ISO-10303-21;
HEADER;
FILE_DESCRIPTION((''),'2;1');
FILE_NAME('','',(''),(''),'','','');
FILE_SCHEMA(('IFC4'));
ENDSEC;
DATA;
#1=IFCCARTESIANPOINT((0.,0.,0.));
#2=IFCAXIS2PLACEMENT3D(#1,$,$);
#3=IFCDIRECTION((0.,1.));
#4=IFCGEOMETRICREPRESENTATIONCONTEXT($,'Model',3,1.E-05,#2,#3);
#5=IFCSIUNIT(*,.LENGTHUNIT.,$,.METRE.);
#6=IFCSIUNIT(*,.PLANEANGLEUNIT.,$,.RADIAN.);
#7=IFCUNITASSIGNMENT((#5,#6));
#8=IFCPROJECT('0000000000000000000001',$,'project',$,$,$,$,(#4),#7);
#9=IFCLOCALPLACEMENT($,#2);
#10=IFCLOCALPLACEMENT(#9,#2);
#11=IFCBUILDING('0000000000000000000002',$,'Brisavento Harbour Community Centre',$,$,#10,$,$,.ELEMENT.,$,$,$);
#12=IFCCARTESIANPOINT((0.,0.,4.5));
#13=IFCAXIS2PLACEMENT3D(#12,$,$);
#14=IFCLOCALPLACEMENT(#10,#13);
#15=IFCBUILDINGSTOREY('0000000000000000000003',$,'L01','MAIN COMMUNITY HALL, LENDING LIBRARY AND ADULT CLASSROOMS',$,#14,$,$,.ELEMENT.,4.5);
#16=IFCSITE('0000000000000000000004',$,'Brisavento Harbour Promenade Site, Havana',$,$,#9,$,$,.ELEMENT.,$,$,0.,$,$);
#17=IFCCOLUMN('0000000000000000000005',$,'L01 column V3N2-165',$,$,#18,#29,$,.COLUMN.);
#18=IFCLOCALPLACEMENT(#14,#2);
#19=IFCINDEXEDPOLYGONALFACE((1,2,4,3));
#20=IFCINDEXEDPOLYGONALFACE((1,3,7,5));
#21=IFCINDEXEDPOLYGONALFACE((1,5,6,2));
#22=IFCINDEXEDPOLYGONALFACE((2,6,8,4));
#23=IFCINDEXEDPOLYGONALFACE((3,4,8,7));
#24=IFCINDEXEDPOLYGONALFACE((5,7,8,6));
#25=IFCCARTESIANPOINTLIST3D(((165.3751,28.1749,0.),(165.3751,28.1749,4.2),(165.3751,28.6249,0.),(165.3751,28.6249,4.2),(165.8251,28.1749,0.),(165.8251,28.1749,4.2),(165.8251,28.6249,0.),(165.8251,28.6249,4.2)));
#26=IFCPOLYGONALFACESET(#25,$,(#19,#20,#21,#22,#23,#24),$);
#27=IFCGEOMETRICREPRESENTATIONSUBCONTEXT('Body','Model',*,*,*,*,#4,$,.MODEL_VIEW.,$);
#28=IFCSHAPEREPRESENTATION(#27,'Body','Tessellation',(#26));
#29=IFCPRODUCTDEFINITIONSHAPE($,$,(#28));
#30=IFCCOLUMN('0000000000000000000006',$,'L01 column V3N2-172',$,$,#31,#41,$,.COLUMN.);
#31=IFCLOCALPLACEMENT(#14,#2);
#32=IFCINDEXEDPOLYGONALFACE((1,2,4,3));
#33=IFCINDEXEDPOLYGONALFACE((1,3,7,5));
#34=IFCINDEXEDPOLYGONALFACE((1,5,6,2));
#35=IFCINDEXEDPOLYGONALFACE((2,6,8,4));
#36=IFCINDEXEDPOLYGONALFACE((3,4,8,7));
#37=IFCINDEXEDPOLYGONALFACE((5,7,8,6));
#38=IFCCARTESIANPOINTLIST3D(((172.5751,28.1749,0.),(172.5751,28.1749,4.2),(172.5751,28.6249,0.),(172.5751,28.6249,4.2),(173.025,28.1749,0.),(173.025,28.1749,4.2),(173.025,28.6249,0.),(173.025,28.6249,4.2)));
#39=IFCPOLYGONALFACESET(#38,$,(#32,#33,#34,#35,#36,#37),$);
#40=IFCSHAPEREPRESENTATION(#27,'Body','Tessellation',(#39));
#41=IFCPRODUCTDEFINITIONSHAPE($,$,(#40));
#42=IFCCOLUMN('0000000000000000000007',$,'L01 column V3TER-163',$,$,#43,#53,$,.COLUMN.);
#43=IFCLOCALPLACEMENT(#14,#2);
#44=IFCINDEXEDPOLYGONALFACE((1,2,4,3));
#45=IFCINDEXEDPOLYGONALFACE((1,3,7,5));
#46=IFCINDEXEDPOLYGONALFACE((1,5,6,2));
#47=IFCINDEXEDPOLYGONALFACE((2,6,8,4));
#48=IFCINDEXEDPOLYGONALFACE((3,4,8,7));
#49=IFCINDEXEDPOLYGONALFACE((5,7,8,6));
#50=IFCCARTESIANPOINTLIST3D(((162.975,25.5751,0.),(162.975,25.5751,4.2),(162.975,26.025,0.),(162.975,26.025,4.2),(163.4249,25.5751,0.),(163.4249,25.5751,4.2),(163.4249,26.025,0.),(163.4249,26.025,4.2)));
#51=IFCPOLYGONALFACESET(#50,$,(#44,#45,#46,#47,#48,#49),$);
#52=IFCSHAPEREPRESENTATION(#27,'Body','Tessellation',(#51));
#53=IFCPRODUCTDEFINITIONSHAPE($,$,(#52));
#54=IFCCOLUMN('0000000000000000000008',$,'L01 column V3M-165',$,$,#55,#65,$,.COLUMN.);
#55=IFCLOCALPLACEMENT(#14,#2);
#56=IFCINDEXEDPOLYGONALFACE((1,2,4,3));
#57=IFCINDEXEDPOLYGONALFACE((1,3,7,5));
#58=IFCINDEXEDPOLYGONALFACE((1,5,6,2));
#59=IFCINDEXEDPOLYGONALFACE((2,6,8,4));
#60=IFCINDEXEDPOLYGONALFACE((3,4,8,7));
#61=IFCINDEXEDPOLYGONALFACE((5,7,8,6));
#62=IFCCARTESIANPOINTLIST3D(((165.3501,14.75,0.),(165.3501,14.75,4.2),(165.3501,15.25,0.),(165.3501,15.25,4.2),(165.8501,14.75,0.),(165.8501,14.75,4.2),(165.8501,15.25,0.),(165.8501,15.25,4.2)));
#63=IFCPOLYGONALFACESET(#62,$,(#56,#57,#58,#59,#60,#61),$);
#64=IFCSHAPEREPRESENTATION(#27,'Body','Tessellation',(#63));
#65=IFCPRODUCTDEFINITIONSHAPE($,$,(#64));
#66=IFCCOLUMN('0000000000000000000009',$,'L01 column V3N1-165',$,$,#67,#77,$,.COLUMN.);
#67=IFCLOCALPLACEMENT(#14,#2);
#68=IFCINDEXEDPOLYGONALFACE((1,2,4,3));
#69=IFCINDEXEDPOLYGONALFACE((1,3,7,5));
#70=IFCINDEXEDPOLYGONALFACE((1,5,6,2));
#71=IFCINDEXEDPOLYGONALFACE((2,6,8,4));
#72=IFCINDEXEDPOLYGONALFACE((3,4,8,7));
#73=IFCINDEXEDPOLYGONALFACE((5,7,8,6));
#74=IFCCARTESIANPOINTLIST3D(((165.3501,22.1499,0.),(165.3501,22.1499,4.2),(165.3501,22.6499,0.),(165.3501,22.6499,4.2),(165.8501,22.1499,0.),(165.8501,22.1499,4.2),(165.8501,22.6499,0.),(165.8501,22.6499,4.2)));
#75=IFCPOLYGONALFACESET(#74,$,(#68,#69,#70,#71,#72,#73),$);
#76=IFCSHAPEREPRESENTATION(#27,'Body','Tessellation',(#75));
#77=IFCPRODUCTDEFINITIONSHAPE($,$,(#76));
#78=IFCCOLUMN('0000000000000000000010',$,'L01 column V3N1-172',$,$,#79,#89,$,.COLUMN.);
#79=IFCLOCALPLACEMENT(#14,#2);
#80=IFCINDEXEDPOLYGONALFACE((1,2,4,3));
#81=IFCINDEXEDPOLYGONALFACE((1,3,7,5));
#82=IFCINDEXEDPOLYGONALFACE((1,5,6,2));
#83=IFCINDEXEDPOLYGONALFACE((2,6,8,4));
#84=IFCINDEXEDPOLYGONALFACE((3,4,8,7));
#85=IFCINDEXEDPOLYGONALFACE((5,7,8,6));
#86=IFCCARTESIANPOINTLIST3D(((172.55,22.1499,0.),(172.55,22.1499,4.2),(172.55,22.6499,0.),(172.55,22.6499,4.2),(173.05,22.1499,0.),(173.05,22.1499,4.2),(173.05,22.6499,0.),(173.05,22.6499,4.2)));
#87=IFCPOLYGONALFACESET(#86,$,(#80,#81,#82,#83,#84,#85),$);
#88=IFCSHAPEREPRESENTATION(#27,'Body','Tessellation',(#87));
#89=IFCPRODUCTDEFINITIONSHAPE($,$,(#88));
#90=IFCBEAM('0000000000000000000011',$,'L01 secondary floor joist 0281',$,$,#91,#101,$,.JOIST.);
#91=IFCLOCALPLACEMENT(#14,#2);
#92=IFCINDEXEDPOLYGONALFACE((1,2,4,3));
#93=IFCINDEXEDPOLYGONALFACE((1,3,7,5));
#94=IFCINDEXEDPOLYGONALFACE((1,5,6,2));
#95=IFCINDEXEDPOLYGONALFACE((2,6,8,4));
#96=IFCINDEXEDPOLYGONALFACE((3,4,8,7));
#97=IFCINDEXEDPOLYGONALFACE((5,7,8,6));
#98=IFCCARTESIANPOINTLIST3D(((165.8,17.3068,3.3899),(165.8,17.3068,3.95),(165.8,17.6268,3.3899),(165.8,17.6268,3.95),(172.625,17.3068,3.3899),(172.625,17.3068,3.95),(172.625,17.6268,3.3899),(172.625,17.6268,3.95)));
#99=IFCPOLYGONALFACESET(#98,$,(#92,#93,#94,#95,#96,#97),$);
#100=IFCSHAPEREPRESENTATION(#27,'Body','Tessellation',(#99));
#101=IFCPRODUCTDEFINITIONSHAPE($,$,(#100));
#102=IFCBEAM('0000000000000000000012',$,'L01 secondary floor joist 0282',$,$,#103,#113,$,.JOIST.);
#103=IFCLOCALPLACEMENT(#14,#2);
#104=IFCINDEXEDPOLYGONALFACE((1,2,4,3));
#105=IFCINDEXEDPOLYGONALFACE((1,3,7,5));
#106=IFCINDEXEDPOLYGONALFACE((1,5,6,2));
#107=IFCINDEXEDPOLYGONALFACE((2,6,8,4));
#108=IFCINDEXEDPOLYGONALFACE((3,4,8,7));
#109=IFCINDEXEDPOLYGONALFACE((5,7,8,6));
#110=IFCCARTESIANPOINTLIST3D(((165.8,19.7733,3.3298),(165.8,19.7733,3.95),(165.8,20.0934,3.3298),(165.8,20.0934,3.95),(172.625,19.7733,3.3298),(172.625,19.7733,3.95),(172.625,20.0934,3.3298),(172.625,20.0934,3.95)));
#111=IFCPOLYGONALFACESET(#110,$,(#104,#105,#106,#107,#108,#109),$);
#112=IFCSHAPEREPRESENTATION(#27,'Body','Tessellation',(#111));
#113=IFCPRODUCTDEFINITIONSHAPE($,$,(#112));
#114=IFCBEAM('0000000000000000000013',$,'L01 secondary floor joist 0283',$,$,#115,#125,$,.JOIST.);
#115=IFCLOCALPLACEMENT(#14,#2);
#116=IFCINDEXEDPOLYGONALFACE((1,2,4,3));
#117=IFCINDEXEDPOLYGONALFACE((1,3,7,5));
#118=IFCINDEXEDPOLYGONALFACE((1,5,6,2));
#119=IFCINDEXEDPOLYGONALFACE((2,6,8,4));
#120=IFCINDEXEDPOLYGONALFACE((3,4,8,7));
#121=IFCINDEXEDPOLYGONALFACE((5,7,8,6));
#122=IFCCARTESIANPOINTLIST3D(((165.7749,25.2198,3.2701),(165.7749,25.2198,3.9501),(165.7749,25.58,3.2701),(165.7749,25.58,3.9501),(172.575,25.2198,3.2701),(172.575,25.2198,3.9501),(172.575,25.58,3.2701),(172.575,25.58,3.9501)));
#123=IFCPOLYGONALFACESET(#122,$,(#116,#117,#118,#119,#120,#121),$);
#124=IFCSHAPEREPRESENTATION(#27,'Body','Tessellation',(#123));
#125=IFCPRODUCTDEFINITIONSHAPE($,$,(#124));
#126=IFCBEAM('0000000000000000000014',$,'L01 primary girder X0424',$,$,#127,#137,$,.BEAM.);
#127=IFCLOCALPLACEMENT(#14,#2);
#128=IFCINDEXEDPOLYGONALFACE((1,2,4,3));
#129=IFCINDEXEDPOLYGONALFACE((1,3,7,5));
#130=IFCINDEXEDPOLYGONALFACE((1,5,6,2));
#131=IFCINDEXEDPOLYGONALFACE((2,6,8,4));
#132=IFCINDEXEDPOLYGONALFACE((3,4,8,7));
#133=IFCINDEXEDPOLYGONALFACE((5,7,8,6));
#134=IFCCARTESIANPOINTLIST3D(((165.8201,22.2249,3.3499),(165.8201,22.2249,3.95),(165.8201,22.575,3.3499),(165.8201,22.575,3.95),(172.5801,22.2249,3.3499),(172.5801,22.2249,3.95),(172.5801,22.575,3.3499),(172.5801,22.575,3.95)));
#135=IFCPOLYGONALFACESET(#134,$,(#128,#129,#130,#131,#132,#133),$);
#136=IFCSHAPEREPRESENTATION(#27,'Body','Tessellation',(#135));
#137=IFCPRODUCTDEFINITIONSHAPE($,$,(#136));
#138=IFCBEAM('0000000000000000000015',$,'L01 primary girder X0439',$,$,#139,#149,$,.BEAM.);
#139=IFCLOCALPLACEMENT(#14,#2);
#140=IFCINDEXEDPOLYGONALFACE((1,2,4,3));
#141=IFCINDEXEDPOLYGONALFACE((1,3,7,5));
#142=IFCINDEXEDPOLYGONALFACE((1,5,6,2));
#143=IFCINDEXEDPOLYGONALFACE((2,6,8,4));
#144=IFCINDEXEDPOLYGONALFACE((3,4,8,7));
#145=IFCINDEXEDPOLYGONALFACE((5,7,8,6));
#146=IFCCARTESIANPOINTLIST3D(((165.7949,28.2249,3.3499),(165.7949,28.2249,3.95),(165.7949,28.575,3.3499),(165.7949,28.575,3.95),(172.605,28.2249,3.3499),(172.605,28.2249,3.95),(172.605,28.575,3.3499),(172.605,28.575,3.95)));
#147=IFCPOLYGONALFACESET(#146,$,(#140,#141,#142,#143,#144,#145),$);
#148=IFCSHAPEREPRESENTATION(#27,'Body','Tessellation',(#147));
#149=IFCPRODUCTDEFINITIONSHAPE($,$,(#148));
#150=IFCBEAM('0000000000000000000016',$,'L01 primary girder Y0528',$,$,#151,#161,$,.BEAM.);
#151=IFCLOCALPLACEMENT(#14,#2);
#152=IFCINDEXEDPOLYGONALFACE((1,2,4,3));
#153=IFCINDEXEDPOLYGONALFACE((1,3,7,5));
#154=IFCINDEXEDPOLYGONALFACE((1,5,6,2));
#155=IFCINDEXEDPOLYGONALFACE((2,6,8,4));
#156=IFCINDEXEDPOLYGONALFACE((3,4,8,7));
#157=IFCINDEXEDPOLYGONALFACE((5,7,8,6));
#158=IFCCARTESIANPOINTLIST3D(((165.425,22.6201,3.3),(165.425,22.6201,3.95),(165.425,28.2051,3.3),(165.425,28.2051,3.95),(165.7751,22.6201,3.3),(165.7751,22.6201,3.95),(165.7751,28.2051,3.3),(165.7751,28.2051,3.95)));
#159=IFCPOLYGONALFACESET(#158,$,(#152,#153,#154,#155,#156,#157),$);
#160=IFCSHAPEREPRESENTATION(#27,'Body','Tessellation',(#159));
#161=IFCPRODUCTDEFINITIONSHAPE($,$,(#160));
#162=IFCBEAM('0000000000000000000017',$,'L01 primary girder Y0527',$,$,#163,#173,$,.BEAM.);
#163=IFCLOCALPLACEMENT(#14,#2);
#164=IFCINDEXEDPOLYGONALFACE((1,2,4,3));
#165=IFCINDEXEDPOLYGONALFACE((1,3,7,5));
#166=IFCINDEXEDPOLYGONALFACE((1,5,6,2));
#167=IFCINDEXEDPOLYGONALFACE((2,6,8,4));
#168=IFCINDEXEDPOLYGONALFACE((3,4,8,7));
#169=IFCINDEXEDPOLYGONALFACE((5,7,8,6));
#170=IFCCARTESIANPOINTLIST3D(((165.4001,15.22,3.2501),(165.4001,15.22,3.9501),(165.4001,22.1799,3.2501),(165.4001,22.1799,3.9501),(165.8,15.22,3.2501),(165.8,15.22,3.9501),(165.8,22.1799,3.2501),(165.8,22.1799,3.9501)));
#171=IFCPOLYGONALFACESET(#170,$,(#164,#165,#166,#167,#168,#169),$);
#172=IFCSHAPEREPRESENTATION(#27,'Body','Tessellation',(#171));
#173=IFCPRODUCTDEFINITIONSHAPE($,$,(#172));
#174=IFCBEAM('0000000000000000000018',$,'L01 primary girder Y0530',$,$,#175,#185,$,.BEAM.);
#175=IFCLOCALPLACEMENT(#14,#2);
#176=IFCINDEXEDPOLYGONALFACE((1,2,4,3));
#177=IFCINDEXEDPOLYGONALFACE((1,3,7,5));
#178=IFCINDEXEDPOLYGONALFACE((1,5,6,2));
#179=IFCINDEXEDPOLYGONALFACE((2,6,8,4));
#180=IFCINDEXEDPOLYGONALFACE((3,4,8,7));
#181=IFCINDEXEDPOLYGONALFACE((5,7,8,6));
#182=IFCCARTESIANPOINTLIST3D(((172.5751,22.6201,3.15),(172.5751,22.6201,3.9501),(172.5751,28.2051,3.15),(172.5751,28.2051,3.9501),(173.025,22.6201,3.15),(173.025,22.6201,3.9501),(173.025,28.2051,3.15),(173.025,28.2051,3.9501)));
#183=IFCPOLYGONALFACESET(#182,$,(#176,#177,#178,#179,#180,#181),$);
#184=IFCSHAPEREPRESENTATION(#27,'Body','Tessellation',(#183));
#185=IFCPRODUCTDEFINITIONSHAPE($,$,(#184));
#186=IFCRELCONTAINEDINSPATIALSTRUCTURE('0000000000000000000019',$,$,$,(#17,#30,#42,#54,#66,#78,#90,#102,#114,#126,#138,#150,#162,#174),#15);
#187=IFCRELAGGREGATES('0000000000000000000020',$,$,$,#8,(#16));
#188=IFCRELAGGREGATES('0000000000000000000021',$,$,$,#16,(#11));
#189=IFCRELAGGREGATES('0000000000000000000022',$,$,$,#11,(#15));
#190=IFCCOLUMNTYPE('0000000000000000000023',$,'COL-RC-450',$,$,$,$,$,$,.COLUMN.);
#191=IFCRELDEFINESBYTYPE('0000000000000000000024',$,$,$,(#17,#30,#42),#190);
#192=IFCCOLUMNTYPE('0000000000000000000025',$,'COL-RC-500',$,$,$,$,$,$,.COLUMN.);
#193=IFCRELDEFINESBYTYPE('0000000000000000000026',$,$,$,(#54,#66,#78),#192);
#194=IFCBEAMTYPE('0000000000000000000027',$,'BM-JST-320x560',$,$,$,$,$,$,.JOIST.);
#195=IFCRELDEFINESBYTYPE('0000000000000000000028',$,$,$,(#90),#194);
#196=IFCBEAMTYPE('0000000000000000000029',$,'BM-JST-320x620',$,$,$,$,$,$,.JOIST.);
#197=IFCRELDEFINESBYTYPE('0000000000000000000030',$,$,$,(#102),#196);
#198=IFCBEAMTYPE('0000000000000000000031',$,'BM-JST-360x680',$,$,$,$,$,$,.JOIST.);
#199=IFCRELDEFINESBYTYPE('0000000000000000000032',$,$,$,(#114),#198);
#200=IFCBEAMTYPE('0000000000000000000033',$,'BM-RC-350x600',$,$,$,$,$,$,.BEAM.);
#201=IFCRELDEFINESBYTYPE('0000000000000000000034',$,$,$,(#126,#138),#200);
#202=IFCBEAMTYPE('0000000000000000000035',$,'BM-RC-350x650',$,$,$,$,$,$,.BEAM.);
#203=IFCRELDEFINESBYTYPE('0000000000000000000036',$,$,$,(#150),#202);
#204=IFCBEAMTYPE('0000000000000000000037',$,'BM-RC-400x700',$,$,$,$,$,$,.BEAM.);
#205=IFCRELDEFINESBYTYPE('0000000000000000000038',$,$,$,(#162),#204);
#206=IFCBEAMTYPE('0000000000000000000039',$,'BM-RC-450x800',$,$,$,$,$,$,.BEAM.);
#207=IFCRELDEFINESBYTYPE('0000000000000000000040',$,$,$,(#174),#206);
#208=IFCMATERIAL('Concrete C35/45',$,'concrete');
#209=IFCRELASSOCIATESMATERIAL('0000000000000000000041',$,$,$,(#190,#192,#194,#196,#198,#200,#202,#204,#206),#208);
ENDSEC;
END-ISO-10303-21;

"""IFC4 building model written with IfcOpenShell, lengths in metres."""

from ifc_helpers import new_model, si_unit, direction, frame, origin, origin_2d, place, context, subcontext, project, spatial, rectangle, extrude, material, material_profile, profile_set, type_object, element, save


model = new_model("IFC4")

# Units and contexts
model_context = context("Model", 3, precision=1e-05, world=origin(), true_north=direction((0.0, 1.0)))
body_context = subcontext(model_context, "Body", "Model", "MODEL_VIEW")
ifc_project = project(units=[si_unit("LENGTHUNIT", "METRE"), si_unit("PLANEANGLEUNIT", "RADIAN")], contexts=[model_context])

# Site, building, storey
site_placement = place(None, origin())
site = spatial("IfcSite", under=ifc_project, at=site_placement, Name="Brisavento Harbour Promenade Site, Havana", CompositionType="ELEMENT", RefElevation=0.0)
building_placement = place(site_placement, origin())
building = spatial("IfcBuilding", under=site, at=building_placement, Name="Brisavento Harbour Community Centre", CompositionType="ELEMENT")
storey_placement = place(building_placement, frame((0.0, 0.0, 4.5)))
storey = spatial("IfcBuildingStorey", under=building, at=storey_placement, Name="L01", Description="MAIN COMMUNITY HALL, LENDING LIBRARY AND ADULT CLASSROOMS", CompositionType="ELEMENT", Elevation=4.5)

# Columns
ifc_material_1 = material(Name="Concrete C35/45", Category="concrete")
ifc_material_profile_1 = material_profile(ifc_material_1, rectangle(XDim=0.45, YDim=0.45, at=origin_2d()), Name="Concrete C35/45")
ifc_profile_set_1 = profile_set([ifc_material_profile_1], Name="Concrete C35/45")
column_type_1 = type_object("IfcColumnType", Name="COL-RC-450", PredefinedType="COLUMN", material=ifc_profile_set_1)
for number, where, z_axis, x_axis, name in (
    (1, (165.6001, 28.3999, 0.0), (0.0, 0.0, 1.0), (1.0, 0.0, 0.0), "L01 column V3N2-165"),
    (2, (172.8, 28.3999, 0.0), (0.0, 0.0, 1.0), (1.0, 0.0, 0.0), "L01 column V3N2-172"),
    (3, (163.2, 25.8, 0.0), (0.0, 0.0, 1.0), (1.0, 0.0, 0.0), "L01 column V3TER-163"),
):
    element("IfcColumn", number, at=place(storey_placement, frame(where, z_axis=z_axis, x_axis=x_axis)), inside=storey, type_object=column_type_1, Name=name, PredefinedType="COLUMN", context=body_context, shape_type="SweptSolid", body=[
        extrude(rectangle(XDim=0.45, YDim=0.45, at=origin_2d()), origin(), (0.0, 0.0, 1.0), 4.2),
    ])
ifc_material_profile_2 = material_profile(ifc_material_1, rectangle(XDim=0.5, YDim=0.5, at=origin_2d()), Name="Concrete C35/45")
ifc_profile_set_2 = profile_set([ifc_material_profile_2], Name="Concrete C35/45")
column_type_2 = type_object("IfcColumnType", Name="COL-RC-500", PredefinedType="COLUMN", material=ifc_profile_set_2)
for number, where, z_axis, x_axis, name in (
    (4, (165.6001, 15.0, 0.0), (0.0, 0.0, 1.0), (1.0, 0.0, 0.0), "L01 column V3M-165"),
    (5, (165.6001, 22.3999, 0.0), (0.0, 0.0, 1.0), (1.0, 0.0, 0.0), "L01 column V3N1-165"),
    (6, (172.8, 22.3999, 0.0), (0.0, 0.0, 1.0), (1.0, 0.0, 0.0), "L01 column V3N1-172"),
):
    element("IfcColumn", number, at=place(storey_placement, frame(where, z_axis=z_axis, x_axis=x_axis)), inside=storey, type_object=column_type_2, Name=name, PredefinedType="COLUMN", context=body_context, shape_type="SweptSolid", body=[
        extrude(rectangle(XDim=0.5, YDim=0.5, at=origin_2d()), origin(), (0.0, 0.0, 1.0), 4.2),
    ])

# Beams
ifc_material_profile_3 = material_profile(ifc_material_1, rectangle(XDim=0.3201, YDim=0.5601, at=origin_2d()), Name="Concrete C35/45")
ifc_profile_set_3 = profile_set([ifc_material_profile_3], Name="Concrete C35/45")
beam_type_1 = type_object("IfcBeamType", Name="BM-JST-320x560", PredefinedType="JOIST", material=ifc_profile_set_3)
beam_1_placement = place(storey_placement, frame((165.8, 17.4668, 3.6699), z_axis=(1.0, 0.0, 0.0), x_axis=(0.0, 1.0, 0.0)))
element("IfcBeam", 7, at=beam_1_placement, inside=storey, type_object=beam_type_1, Name="L01 secondary floor joist 0281", PredefinedType="JOIST", context=body_context, shape_type="SweptSolid", body=[
    extrude(rectangle(XDim=0.3201, YDim=0.5601, at=origin_2d()), origin(), (0.0, 0.0, 1.0), 6.825),
])
ifc_material_profile_4 = material_profile(ifc_material_1, rectangle(XDim=0.3201, YDim=0.6201, at=origin_2d()), Name="Concrete C35/45")
ifc_profile_set_4 = profile_set([ifc_material_profile_4], Name="Concrete C35/45")
beam_type_2 = type_object("IfcBeamType", Name="BM-JST-320x620", PredefinedType="JOIST", material=ifc_profile_set_4)
beam_2_placement = place(storey_placement, frame((165.8, 19.9333, 3.6399), z_axis=(1.0, 0.0, 0.0), x_axis=(0.0, 1.0, 0.0)))
element("IfcBeam", 8, at=beam_2_placement, inside=storey, type_object=beam_type_2, Name="L01 secondary floor joist 0282", PredefinedType="JOIST", context=body_context, shape_type="SweptSolid", body=[
    extrude(rectangle(XDim=0.3201, YDim=0.6201, at=origin_2d()), origin(), (0.0, 0.0, 1.0), 6.825),
])
ifc_material_profile_5 = material_profile(ifc_material_1, rectangle(XDim=0.3601, YDim=0.6799, at=origin_2d()), Name="Concrete C35/45")
ifc_profile_set_5 = profile_set([ifc_material_profile_5], Name="Concrete C35/45")
beam_type_3 = type_object("IfcBeamType", Name="BM-JST-360x680", PredefinedType="JOIST", material=ifc_profile_set_5)
beam_3_placement = place(storey_placement, frame((165.7749, 25.3999, 3.6101), z_axis=(1.0, 0.0, 0.0), x_axis=(0.0, 1.0, 0.0)))
element("IfcBeam", 9, at=beam_3_placement, inside=storey, type_object=beam_type_3, Name="L01 secondary floor joist 0283", PredefinedType="JOIST", context=body_context, shape_type="SweptSolid", body=[
    extrude(rectangle(XDim=0.3601, YDim=0.6799, at=origin_2d()), origin(), (0.0, 0.0, 1.0), 6.8),
])
ifc_material_profile_6 = material_profile(ifc_material_1, rectangle(XDim=0.3501, YDim=0.6001, at=origin_2d()), Name="Concrete C35/45")
ifc_profile_set_6 = profile_set([ifc_material_profile_6], Name="Concrete C35/45")
beam_type_4 = type_object("IfcBeamType", Name="BM-RC-350x600", PredefinedType="BEAM", material=ifc_profile_set_6)
beam_4_placement = place(storey_placement, frame((165.8201, 22.3999, 3.6499), z_axis=(1.0, 0.0, 0.0), x_axis=(0.0, 1.0, 0.0)))
element("IfcBeam", 10, at=beam_4_placement, inside=storey, type_object=beam_type_4, Name="L01 primary girder X0424", PredefinedType="BEAM", context=body_context, shape_type="SweptSolid", body=[
    extrude(rectangle(XDim=0.3501, YDim=0.6001, at=origin_2d()), origin(), (0.0, 0.0, 1.0), 6.76),
])
beam_5_placement = place(storey_placement, frame((165.7949, 28.3999, 3.6499), z_axis=(1.0, 0.0, 0.0), x_axis=(0.0, 1.0, 0.0)))
element("IfcBeam", 11, at=beam_5_placement, inside=storey, type_object=beam_type_4, Name="L01 primary girder X0439", PredefinedType="BEAM", context=body_context, shape_type="SweptSolid", body=[
    extrude(rectangle(XDim=0.3501, YDim=0.6001, at=origin_2d()), origin(), (0.0, 0.0, 1.0), 6.8101),
])
ifc_material_profile_7 = material_profile(ifc_material_1, rectangle(XDim=0.3501, YDim=0.6499, at=origin_2d()), Name="Concrete C35/45")
ifc_profile_set_7 = profile_set([ifc_material_profile_7], Name="Concrete C35/45")
beam_type_5 = type_object("IfcBeamType", Name="BM-RC-350x650", PredefinedType="BEAM", material=ifc_profile_set_7)
beam_6_placement = place(storey_placement, frame((165.6001, 22.6201, 3.625), z_axis=(0.0, 1.0, 0.0), x_axis=(-1.0, 0.0, 0.0)))
element("IfcBeam", 12, at=beam_6_placement, inside=storey, type_object=beam_type_5, Name="L01 primary girder Y0528", PredefinedType="BEAM", context=body_context, shape_type="SweptSolid", body=[
    extrude(rectangle(XDim=0.3501, YDim=0.6499, at=origin_2d()), origin(), (0.0, 0.0, 1.0), 5.585),
])
ifc_material_profile_8 = material_profile(ifc_material_1, rectangle(XDim=0.3999, YDim=0.7, at=origin_2d()), Name="Concrete C35/45")
ifc_profile_set_8 = profile_set([ifc_material_profile_8], Name="Concrete C35/45")
beam_type_6 = type_object("IfcBeamType", Name="BM-RC-400x700", PredefinedType="BEAM", material=ifc_profile_set_8)
beam_7_placement = place(storey_placement, frame((165.6001, 15.22, 3.6001), z_axis=(0.0, 1.0, 0.0), x_axis=(-1.0, 0.0, 0.0)))
element("IfcBeam", 13, at=beam_7_placement, inside=storey, type_object=beam_type_6, Name="L01 primary girder Y0527", PredefinedType="BEAM", context=body_context, shape_type="SweptSolid", body=[
    extrude(rectangle(XDim=0.3999, YDim=0.7, at=origin_2d()), origin(), (0.0, 0.0, 1.0), 6.96),
])
ifc_material_profile_9 = material_profile(ifc_material_1, rectangle(XDim=0.45, YDim=0.8, at=origin_2d()), Name="Concrete C35/45")
ifc_profile_set_9 = profile_set([ifc_material_profile_9], Name="Concrete C35/45")
beam_type_7 = type_object("IfcBeamType", Name="BM-RC-450x800", PredefinedType="BEAM", material=ifc_profile_set_9)
beam_8_placement = place(storey_placement, frame((172.8, 22.6201, 3.55), z_axis=(0.0, 1.0, 0.0), x_axis=(-1.0, 0.0, 0.0)))
element("IfcBeam", 14, at=beam_8_placement, inside=storey, type_object=beam_type_7, Name="L01 primary girder Y0530", PredefinedType="BEAM", context=body_context, shape_type="SweptSolid", body=[
    extrude(rectangle(XDim=0.45, YDim=0.8, at=origin_2d()), origin(), (0.0, 0.0, 1.0), 5.585),
])

save(model, "model.ifc")
